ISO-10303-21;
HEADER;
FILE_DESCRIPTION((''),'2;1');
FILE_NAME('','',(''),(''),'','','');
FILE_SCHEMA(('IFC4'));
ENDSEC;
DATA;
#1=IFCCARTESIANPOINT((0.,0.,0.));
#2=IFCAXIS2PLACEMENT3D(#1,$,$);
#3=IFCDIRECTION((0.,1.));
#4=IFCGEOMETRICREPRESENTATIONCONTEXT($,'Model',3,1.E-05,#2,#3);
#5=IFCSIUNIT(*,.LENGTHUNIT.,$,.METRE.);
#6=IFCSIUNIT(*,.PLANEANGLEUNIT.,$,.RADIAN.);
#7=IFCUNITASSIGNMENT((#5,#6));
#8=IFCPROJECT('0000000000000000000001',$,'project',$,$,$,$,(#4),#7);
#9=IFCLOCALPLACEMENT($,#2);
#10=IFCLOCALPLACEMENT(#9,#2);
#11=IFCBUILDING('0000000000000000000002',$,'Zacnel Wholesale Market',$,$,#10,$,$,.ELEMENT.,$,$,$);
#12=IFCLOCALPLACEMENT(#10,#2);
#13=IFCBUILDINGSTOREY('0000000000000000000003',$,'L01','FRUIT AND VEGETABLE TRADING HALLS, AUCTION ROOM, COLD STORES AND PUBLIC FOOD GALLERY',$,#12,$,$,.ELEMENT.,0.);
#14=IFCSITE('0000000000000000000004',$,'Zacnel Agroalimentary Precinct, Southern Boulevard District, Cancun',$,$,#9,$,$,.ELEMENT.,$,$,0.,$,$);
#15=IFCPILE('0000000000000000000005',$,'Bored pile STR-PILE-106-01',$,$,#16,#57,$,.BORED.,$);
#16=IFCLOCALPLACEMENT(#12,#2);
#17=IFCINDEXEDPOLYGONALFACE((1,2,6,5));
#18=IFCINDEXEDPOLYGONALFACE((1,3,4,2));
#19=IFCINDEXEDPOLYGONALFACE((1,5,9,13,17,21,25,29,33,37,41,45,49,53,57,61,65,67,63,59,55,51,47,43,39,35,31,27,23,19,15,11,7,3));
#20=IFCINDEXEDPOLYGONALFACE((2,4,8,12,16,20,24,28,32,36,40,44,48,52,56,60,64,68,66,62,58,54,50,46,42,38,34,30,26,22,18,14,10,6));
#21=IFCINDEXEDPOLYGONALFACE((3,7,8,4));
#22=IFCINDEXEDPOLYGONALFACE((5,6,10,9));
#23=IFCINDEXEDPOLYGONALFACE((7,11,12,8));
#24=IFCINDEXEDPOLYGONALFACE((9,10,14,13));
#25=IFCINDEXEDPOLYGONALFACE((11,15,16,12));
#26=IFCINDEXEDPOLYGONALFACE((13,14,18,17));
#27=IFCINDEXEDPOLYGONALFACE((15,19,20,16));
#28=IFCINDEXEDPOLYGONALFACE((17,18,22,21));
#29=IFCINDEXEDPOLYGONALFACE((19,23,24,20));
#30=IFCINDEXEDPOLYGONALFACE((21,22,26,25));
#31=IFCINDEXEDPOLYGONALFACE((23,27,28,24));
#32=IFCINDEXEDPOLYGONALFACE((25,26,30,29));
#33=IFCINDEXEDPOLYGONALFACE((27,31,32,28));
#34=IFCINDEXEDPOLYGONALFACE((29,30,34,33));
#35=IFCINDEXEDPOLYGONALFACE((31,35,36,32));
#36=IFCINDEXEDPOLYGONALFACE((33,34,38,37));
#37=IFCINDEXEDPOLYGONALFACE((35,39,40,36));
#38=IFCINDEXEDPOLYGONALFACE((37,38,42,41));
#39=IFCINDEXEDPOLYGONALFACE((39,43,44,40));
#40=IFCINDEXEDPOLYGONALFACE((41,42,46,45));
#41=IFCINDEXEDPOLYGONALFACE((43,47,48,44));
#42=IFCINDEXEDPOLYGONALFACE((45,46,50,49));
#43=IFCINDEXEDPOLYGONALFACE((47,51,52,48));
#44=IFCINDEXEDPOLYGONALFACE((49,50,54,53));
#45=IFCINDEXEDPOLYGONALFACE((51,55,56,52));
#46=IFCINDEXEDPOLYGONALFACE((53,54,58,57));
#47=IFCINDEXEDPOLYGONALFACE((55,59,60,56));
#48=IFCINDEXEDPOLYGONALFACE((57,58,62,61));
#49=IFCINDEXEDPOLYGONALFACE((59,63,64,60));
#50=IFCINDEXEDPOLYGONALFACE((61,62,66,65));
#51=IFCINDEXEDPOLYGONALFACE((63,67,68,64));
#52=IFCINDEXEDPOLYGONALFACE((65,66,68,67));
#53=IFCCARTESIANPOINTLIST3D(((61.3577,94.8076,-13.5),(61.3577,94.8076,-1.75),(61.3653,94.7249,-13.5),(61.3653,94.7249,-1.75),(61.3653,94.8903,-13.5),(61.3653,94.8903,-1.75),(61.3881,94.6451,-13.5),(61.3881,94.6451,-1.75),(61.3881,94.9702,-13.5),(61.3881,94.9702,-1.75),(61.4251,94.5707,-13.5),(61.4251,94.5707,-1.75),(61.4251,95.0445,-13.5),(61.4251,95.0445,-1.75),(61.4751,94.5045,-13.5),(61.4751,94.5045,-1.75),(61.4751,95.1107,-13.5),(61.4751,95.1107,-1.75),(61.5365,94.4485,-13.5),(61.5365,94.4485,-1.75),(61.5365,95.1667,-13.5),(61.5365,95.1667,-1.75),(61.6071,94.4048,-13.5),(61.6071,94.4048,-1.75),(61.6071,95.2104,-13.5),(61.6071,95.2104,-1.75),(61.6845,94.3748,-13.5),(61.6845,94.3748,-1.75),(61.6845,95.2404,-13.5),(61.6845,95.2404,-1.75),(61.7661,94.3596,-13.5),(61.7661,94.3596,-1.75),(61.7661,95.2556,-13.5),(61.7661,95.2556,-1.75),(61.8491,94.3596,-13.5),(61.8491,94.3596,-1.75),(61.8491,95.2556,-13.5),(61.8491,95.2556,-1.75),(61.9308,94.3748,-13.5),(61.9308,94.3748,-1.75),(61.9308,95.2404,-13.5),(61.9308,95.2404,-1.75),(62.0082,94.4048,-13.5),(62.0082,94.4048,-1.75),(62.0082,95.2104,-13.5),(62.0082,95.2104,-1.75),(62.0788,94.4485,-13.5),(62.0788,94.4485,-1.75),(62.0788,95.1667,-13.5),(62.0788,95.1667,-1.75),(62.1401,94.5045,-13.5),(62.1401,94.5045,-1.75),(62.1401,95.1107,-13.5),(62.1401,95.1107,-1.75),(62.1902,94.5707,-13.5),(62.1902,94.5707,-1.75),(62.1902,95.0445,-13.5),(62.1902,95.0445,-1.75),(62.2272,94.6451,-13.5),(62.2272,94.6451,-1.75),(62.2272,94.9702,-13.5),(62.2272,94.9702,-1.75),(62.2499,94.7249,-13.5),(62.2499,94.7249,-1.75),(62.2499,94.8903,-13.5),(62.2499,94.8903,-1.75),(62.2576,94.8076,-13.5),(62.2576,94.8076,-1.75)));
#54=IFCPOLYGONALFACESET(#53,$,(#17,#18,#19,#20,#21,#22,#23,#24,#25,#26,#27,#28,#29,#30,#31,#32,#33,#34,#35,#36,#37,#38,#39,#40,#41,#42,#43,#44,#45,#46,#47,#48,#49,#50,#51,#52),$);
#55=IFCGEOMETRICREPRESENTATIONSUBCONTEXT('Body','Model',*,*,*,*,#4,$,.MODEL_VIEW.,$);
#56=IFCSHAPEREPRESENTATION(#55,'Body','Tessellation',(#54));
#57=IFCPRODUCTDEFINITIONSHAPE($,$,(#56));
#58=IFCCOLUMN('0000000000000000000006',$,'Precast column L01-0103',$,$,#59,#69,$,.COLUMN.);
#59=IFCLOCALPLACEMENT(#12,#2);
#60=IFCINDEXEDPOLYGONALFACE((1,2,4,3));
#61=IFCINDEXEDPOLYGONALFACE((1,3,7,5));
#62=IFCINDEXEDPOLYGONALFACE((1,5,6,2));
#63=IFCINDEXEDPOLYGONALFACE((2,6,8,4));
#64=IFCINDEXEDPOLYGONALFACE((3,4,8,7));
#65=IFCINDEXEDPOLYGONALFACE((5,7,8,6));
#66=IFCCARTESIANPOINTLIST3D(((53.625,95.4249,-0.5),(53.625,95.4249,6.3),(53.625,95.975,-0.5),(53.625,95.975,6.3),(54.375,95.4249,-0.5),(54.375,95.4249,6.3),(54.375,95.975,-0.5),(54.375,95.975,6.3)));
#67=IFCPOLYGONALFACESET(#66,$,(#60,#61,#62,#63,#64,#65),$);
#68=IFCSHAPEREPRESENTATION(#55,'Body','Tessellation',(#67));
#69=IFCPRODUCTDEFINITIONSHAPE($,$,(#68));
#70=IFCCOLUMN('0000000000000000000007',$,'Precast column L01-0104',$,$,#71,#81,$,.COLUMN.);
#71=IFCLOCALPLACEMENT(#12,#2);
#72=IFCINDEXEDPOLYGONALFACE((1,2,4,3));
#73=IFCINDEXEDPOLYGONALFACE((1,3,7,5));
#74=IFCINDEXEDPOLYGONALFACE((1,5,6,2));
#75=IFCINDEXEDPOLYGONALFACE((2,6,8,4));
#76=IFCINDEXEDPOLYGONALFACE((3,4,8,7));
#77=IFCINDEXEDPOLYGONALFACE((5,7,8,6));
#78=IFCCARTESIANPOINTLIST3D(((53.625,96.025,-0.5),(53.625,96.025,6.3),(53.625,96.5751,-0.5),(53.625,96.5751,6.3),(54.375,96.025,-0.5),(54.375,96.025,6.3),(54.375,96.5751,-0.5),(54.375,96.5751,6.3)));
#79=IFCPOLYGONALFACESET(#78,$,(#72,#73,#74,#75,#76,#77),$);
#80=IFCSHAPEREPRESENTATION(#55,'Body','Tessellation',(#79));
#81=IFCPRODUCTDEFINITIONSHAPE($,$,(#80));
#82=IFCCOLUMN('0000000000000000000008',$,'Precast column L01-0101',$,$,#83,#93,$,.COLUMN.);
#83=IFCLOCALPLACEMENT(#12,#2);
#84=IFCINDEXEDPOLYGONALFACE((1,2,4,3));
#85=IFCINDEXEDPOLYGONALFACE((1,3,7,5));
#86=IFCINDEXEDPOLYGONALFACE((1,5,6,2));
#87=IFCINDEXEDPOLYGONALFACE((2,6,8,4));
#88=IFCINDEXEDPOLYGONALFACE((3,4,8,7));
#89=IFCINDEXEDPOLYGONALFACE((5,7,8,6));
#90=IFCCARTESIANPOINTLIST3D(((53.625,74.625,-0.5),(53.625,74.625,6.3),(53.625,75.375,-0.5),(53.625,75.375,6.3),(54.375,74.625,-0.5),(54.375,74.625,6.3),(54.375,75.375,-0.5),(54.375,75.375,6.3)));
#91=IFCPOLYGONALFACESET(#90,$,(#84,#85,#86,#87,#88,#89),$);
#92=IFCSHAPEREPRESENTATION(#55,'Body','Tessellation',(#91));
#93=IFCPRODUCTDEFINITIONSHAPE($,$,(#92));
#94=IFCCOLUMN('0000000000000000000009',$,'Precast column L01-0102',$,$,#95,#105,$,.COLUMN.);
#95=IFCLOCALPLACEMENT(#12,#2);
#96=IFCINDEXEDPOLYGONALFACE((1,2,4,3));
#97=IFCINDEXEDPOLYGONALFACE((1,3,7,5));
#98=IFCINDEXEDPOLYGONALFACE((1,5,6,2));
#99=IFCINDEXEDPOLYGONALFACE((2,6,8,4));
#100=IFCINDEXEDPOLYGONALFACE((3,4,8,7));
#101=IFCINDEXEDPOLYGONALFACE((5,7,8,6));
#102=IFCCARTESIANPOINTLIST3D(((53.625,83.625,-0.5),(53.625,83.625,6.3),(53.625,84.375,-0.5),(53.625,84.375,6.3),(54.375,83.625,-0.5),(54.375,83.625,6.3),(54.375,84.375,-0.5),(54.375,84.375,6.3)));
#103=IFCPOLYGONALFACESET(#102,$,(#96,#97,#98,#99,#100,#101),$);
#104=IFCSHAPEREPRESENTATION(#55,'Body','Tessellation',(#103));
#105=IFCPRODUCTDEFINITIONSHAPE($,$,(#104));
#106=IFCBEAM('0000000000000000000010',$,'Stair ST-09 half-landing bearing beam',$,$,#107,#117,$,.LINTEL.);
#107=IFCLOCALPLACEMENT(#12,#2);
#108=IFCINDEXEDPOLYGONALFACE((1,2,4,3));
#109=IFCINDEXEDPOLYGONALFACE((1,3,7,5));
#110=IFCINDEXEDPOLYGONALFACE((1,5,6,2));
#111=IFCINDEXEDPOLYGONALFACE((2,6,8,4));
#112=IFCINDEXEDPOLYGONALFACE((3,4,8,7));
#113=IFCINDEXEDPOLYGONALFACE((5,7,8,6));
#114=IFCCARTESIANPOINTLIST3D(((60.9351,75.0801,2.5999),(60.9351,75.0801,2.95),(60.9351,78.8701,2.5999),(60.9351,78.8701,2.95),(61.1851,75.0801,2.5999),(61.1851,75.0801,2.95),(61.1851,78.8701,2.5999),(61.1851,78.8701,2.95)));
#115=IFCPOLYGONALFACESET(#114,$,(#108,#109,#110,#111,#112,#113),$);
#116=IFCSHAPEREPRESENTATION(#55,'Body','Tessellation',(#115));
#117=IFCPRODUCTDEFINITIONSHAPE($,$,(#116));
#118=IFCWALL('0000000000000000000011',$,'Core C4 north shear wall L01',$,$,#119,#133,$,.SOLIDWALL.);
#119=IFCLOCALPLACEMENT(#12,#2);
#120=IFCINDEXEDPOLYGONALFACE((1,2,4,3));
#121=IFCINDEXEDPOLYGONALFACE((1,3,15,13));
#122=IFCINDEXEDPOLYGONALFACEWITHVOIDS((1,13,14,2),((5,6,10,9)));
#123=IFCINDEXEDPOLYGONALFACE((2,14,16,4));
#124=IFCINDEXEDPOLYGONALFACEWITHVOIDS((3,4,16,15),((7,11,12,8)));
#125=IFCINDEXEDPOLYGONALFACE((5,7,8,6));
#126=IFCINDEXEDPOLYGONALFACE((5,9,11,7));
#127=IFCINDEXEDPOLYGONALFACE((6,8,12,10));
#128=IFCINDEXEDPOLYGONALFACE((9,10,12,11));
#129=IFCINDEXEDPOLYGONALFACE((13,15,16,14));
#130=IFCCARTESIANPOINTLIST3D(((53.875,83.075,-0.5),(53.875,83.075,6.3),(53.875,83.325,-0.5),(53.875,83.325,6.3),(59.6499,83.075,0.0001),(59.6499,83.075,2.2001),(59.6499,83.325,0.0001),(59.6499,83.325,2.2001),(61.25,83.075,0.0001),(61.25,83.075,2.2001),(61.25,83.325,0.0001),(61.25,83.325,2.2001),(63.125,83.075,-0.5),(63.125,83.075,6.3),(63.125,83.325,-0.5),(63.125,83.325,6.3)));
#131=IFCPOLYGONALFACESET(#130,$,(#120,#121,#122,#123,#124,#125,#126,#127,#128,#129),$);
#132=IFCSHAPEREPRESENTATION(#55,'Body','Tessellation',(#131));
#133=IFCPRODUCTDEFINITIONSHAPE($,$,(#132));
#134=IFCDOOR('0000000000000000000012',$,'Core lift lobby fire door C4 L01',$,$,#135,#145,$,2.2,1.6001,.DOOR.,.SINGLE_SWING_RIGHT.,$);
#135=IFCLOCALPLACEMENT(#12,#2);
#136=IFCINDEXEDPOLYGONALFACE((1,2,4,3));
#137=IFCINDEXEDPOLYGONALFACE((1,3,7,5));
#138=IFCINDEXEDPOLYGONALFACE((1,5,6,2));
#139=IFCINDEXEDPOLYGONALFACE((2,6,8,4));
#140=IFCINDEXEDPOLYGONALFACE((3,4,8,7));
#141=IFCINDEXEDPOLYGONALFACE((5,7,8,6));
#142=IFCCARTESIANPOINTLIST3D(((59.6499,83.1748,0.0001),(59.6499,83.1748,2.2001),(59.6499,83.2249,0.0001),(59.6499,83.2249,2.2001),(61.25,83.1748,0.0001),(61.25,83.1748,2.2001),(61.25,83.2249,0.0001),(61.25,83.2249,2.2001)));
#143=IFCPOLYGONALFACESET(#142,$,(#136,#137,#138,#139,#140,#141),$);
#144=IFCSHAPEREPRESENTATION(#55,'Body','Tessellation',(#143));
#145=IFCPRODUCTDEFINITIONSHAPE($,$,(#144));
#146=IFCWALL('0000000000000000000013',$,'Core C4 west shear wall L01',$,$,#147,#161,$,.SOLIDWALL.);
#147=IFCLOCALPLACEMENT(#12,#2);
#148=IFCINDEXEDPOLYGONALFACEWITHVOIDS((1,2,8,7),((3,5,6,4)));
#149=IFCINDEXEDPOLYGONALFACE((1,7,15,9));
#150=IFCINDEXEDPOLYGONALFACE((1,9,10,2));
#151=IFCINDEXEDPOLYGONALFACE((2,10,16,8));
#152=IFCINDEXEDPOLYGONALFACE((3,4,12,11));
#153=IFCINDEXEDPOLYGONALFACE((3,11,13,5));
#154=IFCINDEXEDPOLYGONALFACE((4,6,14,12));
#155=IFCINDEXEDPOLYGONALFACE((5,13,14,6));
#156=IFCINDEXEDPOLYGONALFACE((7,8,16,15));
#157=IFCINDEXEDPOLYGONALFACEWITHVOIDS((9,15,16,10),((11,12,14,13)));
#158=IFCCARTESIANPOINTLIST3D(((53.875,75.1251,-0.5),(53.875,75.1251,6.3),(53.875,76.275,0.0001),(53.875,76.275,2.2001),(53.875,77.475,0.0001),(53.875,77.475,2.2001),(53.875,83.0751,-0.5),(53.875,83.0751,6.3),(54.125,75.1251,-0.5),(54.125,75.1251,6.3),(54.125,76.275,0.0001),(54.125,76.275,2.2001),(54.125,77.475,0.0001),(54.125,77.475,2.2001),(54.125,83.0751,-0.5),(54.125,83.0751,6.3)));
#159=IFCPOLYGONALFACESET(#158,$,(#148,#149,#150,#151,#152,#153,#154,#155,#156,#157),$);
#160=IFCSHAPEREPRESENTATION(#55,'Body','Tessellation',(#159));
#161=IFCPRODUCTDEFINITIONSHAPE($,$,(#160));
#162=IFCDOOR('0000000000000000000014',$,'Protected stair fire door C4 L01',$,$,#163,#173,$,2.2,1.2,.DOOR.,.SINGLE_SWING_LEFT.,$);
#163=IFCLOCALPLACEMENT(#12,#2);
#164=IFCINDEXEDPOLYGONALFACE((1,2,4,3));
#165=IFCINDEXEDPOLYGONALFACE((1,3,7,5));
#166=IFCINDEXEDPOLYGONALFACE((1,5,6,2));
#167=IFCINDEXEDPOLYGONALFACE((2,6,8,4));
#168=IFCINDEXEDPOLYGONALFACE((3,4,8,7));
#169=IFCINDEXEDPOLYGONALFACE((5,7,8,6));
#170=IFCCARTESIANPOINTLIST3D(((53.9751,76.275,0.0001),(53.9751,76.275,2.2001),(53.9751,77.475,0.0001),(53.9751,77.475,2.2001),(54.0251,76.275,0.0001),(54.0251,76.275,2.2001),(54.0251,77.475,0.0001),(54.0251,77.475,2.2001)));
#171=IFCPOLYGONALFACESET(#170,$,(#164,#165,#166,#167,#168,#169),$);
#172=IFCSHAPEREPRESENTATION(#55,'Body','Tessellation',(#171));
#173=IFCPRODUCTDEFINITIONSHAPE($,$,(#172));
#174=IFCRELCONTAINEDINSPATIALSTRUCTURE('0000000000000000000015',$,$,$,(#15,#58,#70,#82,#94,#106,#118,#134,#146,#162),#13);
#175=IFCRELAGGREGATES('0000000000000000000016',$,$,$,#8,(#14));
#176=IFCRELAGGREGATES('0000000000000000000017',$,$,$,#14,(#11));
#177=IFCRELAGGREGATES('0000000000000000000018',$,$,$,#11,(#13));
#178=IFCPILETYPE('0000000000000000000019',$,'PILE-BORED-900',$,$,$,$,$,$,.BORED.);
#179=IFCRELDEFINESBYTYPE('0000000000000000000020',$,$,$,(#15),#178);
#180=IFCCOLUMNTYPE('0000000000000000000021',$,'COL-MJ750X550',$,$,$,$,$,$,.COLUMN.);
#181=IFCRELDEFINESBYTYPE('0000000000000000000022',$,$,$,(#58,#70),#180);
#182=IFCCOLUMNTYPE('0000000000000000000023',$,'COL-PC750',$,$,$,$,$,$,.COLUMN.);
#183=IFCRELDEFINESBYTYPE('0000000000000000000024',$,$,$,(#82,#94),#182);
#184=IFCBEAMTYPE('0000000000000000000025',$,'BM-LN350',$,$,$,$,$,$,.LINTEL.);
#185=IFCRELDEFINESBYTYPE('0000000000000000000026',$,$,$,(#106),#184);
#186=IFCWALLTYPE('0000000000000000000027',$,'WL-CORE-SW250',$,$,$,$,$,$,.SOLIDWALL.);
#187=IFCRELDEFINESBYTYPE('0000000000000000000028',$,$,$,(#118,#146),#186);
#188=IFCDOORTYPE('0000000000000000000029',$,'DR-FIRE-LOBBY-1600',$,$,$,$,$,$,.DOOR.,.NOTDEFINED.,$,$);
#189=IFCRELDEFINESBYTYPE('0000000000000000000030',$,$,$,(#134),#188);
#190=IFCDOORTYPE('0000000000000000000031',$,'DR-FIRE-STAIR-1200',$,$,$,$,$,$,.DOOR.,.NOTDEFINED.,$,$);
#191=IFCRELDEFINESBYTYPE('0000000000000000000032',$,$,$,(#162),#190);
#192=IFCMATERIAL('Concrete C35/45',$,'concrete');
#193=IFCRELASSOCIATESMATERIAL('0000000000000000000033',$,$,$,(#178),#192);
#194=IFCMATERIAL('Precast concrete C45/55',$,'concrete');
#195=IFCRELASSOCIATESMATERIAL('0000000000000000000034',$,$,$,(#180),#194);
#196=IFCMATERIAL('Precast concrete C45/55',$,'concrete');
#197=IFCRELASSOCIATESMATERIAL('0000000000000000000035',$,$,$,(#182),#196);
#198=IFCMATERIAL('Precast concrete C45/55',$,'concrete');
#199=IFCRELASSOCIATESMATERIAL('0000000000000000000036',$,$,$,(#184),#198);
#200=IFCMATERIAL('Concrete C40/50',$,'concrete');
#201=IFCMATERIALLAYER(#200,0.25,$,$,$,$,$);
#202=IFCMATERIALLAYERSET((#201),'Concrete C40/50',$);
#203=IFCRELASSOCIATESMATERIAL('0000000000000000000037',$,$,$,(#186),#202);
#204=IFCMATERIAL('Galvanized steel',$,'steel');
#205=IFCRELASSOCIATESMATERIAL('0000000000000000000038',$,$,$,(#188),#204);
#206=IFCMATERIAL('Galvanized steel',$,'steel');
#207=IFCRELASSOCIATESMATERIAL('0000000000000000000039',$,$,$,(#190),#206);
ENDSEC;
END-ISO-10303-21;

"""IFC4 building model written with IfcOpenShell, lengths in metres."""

from ifc_helpers import new_model, si_unit, direction, frame, frame_2d, origin, origin_2d, place, context, subcontext, project, spatial, rectangle, circle, extrude, material, layer, layer_set, material_profile, profile_set, type_object, element, fill, save


model = new_model("IFC4")

# Units and contexts
model_context = context("Model", 3, precision=1e-05, world=origin(), true_north=direction((0.0, 1.0)))
body_context = subcontext(model_context, "Body", "Model", "MODEL_VIEW")
ifc_project = project(units=[si_unit("LENGTHUNIT", "METRE"), si_unit("PLANEANGLEUNIT", "RADIAN")], contexts=[model_context])

# Site, building, storey
site_placement = place(None, origin())
site = spatial("IfcSite", under=ifc_project, at=site_placement, Name="Zacnel Agroalimentary Precinct, Southern Boulevard District, Cancun", CompositionType="ELEMENT", RefElevation=0.0)
building_placement = place(site_placement, origin())
building = spatial("IfcBuilding", under=site, at=building_placement, Name="Zacnel Wholesale Market", CompositionType="ELEMENT")
storey_placement = place(building_placement, origin())
storey = spatial("IfcBuildingStorey", under=building, at=storey_placement, Name="L01", Description="FRUIT AND VEGETABLE TRADING HALLS, AUCTION ROOM, COLD STORES AND PUBLIC FOOD GALLERY", CompositionType="ELEMENT", Elevation=0.0)

# Pile
ifc_material_1 = material(Name="Concrete C35/45", Category="concrete")
ifc_material_profile_1 = material_profile(ifc_material_1, circle(Radius=0.45, at=origin_2d()), Name="BORED PILE D900")
ifc_profile_set_1 = profile_set([ifc_material_profile_1], Name="Concrete C35/45")
pile_type = type_object("IfcPileType", Name="PILE-BORED-900", PredefinedType="BORED", material=ifc_profile_set_1)
pile_1_placement = place(storey_placement, frame((61.8076, 94.8076, -1.75), z_axis=(0.0, 0.0, -1.0), x_axis=(1.0, 0.0, 0.0)))
element("IfcPile", 1, at=pile_1_placement, inside=storey, type_object=pile_type, Name="Bored pile STR-PILE-106-01", PredefinedType="BORED", context=body_context, shape_type="SweptSolid", body=[
    extrude(circle(Radius=0.45, at=origin_2d()), origin(), (0.0, 0.0, 1.0), 11.75),
])

# Columns
ifc_material_2 = material(Name="Precast concrete C45/55", Category="concrete")
ifc_material_profile_2 = material_profile(ifc_material_2, rectangle(XDim=0.75, YDim=0.55, at=origin_2d()), Name="PC 750x550")
ifc_profile_set_2 = profile_set([ifc_material_profile_2], Name="Precast concrete C45/55")
column_type_1 = type_object("IfcColumnType", Name="COL-MJ750X550", PredefinedType="COLUMN", material=ifc_profile_set_2)
for number, where, z_axis, x_axis, name in (
    (2, (54.0, 95.7, -0.5), (0.0, 0.0, 1.0), (1.0, 0.0, 0.0), "Precast column L01-0103"),
    (3, (54.0, 96.3, -0.5), (0.0, 0.0, 1.0), (1.0, 0.0, 0.0), "Precast column L01-0104"),
):
    element("IfcColumn", number, at=place(storey_placement, frame(where, z_axis=z_axis, x_axis=x_axis)), inside=storey, type_object=column_type_1, Name=name, PredefinedType="COLUMN", context=body_context, shape_type="SweptSolid", body=[
        extrude(rectangle(XDim=0.75, YDim=0.55, at=origin_2d()), origin(), (0.0, 0.0, 1.0), 6.8),
    ])
ifc_material_3 = material(Name="Precast concrete C45/55", Category="concrete")
ifc_material_profile_3 = material_profile(ifc_material_3, rectangle(XDim=0.75, YDim=0.75, at=origin_2d()), Name="PC 750x750")
ifc_profile_set_3 = profile_set([ifc_material_profile_3], Name="Precast concrete C45/55")
column_type_2 = type_object("IfcColumnType", Name="COL-PC750", PredefinedType="COLUMN", material=ifc_profile_set_3)
for number, where, z_axis, x_axis, name in (
    (4, (54.0, 75.0, -0.5), (0.0, 0.0, 1.0), (1.0, 0.0, 0.0), "Precast column L01-0101"),
    (5, (54.0, 84.0, -0.5), (0.0, 0.0, 1.0), (1.0, 0.0, 0.0), "Precast column L01-0102"),
):
    element("IfcColumn", number, at=place(storey_placement, frame(where, z_axis=z_axis, x_axis=x_axis)), inside=storey, type_object=column_type_2, Name=name, PredefinedType="COLUMN", context=body_context, shape_type="SweptSolid", body=[
        extrude(rectangle(XDim=0.75, YDim=0.75, at=origin_2d()), origin(), (0.0, 0.0, 1.0), 6.8),
    ])

# Beam
ifc_material_4 = material(Name="Precast concrete C45/55", Category="concrete")
ifc_material_profile_4 = material_profile(ifc_material_4, rectangle(XDim=0.25, YDim=0.3501, at=origin_2d()), Name="LN 250x350")
ifc_profile_set_4 = profile_set([ifc_material_profile_4], Name="Precast concrete C45/55")
beam_type = type_object("IfcBeamType", Name="BM-LN350", PredefinedType="LINTEL", material=ifc_profile_set_4)
beam_placement = place(storey_placement, frame((61.0601, 75.0801, 2.7749), z_axis=(0.0, 1.0, 0.0), x_axis=(-1.0, 0.0, 0.0)))
element("IfcBeam", 6, at=beam_placement, inside=storey, type_object=beam_type, Name="Stair ST-09 half-landing bearing beam", PredefinedType="LINTEL", context=body_context, shape_type="SweptSolid", body=[
    extrude(rectangle(XDim=0.25, YDim=0.3501, at=origin_2d()), origin(), (0.0, 0.0, 1.0), 3.79),
])

# Walls, openings, doors
ifc_material_5 = material(Name="Concrete C40/50", Category="concrete")
ifc_layer_1 = layer(ifc_material_5, 0.25)
ifc_layer_set_1 = layer_set([ifc_layer_1], Name="Concrete C40/50")
wall_type_1 = type_object("IfcWallType", Name="WL-CORE-SW250", PredefinedType="SOLIDWALL", material=ifc_layer_set_1)
wall_1_placement = place(storey_placement, frame((53.875, 83.2, -0.5), z_axis=(0.0, 0.0, 1.0), x_axis=(1.0, 0.0, 0.0)))
wall_1 = element("IfcWall", 7, at=wall_1_placement, inside=storey, type_object=wall_type_1, Name="Core C4 north shear wall L01", PredefinedType="SOLIDWALL", context=body_context, shape_type="SweptSolid", body=[
    extrude(rectangle(XDim=9.25, YDim=0.25, at=frame_2d((4.625, 0.0))), origin(), (0.0, 0.0, 1.0), 6.8),
])
opening_1_placement = place(wall_1_placement, frame((5.7749, 0.0, 0.5)))
opening_1 = element("IfcOpeningElement", 8, at=opening_1_placement, cuts=wall_1, PredefinedType="OPENING", context=body_context, shape_type="SweptSolid", body=[
    extrude(rectangle(XDim=1.6001, YDim=2.2, at=frame_2d((0.8, 1.1001))), frame((0.0, 0.135, 0.0), z_axis=(0.0, -1.0, 0.0), x_axis=(1.0, 0.0, 0.0)), (0.0, 0.0, 1.0), 0.27),
])
ifc_material_6 = material(Name="Galvanized steel", Category="steel")
door_type_1 = type_object("IfcDoorType", Name="DR-FIRE-LOBBY-1600", OperationType="NOTDEFINED", PredefinedType="DOOR", material=ifc_material_6)
door_1_placement = place(opening_1_placement, origin())
door_1 = element("IfcDoor", 9, at=door_1_placement, inside=storey, type_object=door_type_1, Name="Core lift lobby fire door C4 L01", OperationType="SINGLE_SWING_RIGHT", OverallHeight=2.2, OverallWidth=1.6001, PredefinedType="DOOR", context=body_context, shape_type="SweptSolid", body=[
    extrude(rectangle(XDim=1.6001, YDim=2.2, at=frame_2d((0.8, 1.1001))), frame((0.0, 0.0249, 0.0), z_axis=(0.0, -1.0, 0.0), x_axis=(1.0, 0.0, 0.0)), (0.0, 0.0, 1.0), 0.05),
])
fill(opening_1, door_1)
wall_2_placement = place(storey_placement, frame((54.0, 75.125, -0.5), z_axis=(0.0, 0.0, 1.0), x_axis=(0.0, 1.0, 0.0)))
wall_2 = element("IfcWall", 10, at=wall_2_placement, inside=storey, type_object=wall_type_1, Name="Core C4 west shear wall L01", PredefinedType="SOLIDWALL", context=body_context, shape_type="SweptSolid", body=[
    extrude(rectangle(XDim=7.95, YDim=0.25, at=frame_2d((3.9751, 0.0))), origin(), (0.0, 0.0, 1.0), 6.8),
])
opening_2_placement = place(wall_2_placement, frame((1.1499, 0.0, 0.5)))
opening_2 = element("IfcOpeningElement", 11, at=opening_2_placement, cuts=wall_2, PredefinedType="OPENING", context=body_context, shape_type="SweptSolid", body=[
    extrude(rectangle(XDim=1.2, YDim=2.2, at=frame_2d((0.6001, 1.1001))), frame((0.0, 0.135, 0.0), z_axis=(0.0, -1.0, 0.0), x_axis=(1.0, 0.0, 0.0)), (0.0, 0.0, 1.0), 0.27),
])
ifc_material_7 = material(Name="Galvanized steel", Category="steel")
door_type_2 = type_object("IfcDoorType", Name="DR-FIRE-STAIR-1200", OperationType="NOTDEFINED", PredefinedType="DOOR", material=ifc_material_7)
door_2_placement = place(opening_2_placement, origin())
door_2 = element("IfcDoor", 12, at=door_2_placement, inside=storey, type_object=door_type_2, Name="Protected stair fire door C4 L01", OperationType="SINGLE_SWING_LEFT", OverallHeight=2.2, OverallWidth=1.2, PredefinedType="DOOR", context=body_context, shape_type="SweptSolid", body=[
    extrude(rectangle(XDim=1.2, YDim=2.2, at=frame_2d((0.6001, 1.1001))), frame((0.0, 0.0249, 0.0), z_axis=(0.0, -1.0, 0.0), x_axis=(1.0, 0.0, 0.0)), (0.0, 0.0, 1.0), 0.05),
])
fill(opening_2, door_2)

save(model, "model.ifc")
